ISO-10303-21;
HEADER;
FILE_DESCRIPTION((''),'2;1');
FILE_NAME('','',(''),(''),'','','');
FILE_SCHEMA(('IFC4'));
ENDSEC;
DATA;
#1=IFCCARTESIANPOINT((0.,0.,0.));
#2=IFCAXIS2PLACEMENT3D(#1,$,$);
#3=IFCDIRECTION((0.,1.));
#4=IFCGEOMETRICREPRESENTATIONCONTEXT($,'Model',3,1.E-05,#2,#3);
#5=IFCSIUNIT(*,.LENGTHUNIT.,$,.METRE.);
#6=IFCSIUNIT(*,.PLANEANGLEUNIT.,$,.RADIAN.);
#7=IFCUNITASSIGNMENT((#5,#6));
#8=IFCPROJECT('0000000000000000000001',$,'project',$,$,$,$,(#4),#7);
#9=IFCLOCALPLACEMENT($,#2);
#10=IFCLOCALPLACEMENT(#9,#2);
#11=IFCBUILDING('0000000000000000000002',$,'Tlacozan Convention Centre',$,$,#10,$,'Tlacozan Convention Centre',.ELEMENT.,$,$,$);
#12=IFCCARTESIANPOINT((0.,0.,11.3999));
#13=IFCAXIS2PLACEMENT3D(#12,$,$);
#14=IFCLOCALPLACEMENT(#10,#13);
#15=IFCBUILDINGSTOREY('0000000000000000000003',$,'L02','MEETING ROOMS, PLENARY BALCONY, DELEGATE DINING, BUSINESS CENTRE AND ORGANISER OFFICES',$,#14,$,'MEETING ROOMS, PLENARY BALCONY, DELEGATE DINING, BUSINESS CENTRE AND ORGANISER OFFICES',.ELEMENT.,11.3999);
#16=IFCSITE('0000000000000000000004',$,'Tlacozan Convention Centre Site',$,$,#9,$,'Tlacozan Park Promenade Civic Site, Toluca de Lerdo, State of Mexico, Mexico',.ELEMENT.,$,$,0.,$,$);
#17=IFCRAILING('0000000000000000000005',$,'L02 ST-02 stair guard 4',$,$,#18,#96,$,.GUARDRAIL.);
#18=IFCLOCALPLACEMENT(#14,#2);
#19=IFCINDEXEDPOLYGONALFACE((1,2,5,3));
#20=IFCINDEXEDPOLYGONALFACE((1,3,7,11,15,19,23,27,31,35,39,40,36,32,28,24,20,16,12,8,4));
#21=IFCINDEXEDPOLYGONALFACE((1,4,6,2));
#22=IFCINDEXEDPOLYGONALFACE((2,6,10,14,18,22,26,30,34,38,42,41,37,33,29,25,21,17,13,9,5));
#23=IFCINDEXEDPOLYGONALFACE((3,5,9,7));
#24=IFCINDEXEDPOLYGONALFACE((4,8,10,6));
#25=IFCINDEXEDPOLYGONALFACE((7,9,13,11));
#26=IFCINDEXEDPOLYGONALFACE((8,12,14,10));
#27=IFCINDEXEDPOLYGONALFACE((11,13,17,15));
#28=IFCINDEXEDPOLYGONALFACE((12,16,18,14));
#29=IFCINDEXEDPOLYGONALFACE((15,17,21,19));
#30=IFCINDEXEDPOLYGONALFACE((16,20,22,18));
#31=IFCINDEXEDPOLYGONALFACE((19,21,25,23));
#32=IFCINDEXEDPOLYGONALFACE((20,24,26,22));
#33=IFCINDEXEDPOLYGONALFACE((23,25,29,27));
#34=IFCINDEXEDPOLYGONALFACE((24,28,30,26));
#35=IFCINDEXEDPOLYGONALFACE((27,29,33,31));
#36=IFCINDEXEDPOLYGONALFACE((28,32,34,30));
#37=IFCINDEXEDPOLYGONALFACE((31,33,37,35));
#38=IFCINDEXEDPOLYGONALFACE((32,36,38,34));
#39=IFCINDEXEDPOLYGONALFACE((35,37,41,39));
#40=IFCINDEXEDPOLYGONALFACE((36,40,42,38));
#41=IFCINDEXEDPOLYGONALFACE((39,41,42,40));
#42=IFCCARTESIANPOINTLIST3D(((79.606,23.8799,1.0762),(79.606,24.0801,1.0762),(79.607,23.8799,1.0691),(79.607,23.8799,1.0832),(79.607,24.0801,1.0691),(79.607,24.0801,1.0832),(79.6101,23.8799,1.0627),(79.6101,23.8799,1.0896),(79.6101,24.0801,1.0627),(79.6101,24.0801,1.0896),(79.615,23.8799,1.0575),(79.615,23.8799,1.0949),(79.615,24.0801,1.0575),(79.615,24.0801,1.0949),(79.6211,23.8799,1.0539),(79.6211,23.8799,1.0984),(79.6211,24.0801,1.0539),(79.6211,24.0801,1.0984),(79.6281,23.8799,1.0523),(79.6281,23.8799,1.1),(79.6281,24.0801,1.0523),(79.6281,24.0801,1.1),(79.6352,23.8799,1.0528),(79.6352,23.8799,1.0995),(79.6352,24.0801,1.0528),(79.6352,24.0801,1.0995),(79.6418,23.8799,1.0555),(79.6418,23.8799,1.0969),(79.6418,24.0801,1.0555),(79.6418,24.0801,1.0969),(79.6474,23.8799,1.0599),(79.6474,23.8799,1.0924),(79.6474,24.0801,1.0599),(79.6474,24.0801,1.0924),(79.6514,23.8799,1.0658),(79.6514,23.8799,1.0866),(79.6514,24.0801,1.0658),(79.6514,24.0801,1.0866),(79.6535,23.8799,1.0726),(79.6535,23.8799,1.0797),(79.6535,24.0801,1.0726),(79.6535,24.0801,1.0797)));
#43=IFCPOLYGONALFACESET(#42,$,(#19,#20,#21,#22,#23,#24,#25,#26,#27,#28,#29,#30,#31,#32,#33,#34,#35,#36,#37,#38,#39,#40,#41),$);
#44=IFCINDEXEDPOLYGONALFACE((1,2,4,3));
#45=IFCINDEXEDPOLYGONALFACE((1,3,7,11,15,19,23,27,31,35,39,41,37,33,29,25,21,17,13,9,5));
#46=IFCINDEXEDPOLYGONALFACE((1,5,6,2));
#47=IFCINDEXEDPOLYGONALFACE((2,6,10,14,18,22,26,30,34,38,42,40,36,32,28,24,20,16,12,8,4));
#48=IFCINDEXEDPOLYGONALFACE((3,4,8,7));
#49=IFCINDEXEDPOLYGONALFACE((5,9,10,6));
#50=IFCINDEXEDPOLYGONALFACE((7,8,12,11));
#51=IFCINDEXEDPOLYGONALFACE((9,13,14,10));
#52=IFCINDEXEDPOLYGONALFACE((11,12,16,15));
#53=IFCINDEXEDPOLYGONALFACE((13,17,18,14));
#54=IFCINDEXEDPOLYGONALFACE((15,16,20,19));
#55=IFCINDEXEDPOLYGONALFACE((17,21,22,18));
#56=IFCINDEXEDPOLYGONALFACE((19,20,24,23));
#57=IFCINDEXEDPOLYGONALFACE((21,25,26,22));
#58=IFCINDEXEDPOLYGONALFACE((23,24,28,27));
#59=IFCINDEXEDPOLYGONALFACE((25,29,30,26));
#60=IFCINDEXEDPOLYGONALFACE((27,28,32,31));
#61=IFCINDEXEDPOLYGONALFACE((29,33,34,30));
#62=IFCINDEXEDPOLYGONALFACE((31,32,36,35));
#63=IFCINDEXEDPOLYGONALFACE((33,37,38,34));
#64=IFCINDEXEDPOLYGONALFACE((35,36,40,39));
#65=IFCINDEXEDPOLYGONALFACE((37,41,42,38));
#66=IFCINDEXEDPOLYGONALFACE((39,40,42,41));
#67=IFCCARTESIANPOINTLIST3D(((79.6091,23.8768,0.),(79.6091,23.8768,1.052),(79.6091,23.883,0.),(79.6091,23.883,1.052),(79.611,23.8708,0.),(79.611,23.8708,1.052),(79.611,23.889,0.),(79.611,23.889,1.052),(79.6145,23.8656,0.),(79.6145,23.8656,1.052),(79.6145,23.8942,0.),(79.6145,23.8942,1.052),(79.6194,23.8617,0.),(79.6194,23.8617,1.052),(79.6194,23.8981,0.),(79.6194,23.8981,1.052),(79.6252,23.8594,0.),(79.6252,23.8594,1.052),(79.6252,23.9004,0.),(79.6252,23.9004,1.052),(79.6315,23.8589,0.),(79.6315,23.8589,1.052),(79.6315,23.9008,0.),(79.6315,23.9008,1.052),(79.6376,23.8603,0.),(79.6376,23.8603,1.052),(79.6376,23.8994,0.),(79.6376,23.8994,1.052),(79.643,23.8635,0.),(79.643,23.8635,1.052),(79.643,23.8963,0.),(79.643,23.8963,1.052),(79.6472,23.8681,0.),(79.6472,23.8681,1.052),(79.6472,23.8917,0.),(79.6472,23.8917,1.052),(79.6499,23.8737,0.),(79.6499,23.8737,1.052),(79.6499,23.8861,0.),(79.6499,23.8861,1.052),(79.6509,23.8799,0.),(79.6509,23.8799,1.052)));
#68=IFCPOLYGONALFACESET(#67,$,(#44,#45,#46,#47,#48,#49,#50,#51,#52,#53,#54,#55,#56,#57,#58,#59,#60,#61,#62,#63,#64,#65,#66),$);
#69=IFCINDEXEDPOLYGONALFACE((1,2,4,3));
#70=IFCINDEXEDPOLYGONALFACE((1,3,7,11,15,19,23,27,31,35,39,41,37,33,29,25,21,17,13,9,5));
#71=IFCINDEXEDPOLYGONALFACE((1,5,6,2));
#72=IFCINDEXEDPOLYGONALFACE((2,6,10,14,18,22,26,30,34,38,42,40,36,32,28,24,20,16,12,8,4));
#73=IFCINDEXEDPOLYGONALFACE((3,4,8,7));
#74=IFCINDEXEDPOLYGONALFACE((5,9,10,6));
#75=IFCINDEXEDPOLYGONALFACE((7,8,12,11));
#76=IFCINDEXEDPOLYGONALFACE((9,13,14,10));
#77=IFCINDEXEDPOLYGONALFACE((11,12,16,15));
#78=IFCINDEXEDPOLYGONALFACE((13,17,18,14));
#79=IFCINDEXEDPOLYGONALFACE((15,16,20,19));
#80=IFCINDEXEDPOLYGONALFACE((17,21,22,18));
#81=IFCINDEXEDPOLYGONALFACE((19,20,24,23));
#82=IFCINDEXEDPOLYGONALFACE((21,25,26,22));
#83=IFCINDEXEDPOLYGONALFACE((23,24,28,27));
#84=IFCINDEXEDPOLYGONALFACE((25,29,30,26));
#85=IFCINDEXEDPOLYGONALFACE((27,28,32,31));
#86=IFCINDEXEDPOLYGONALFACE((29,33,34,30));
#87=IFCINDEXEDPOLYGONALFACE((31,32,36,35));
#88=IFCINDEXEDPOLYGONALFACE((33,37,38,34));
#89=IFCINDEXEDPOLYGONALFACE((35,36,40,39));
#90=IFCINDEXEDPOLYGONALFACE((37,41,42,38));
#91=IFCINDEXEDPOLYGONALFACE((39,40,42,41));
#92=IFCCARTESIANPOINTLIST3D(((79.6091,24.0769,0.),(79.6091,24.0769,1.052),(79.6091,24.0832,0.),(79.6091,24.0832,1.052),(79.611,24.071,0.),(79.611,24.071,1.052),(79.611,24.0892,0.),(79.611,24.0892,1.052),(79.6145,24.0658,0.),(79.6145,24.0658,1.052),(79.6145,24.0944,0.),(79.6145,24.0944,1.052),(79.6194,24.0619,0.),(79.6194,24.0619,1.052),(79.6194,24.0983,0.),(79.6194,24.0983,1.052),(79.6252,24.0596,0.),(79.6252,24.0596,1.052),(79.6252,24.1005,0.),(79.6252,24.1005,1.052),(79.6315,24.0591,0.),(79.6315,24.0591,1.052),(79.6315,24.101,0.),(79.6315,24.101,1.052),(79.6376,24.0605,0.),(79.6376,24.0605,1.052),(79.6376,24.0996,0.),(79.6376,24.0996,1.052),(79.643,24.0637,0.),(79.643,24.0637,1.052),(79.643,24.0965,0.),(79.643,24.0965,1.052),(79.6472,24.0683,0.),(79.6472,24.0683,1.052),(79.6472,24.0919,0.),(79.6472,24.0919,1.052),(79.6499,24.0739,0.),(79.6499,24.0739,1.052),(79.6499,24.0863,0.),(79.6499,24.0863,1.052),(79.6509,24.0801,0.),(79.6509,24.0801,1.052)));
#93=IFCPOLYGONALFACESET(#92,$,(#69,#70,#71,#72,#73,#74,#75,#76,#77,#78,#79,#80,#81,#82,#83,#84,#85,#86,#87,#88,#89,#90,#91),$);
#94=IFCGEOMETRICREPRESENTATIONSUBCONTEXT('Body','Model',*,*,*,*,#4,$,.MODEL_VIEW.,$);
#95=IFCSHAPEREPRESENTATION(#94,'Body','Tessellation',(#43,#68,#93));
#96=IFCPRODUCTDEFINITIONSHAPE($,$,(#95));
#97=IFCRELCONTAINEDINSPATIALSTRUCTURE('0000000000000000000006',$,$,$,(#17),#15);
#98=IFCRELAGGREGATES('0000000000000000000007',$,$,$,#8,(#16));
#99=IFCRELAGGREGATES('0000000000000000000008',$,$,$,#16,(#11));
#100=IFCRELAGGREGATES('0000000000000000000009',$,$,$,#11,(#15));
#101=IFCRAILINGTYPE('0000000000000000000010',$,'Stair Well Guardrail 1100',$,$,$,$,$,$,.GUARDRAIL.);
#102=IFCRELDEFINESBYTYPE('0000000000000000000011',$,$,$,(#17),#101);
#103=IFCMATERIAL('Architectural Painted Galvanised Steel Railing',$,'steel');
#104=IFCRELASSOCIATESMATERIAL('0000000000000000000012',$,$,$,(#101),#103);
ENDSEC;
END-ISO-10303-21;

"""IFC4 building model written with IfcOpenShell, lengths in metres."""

from ifc_helpers import new_model, si_unit, direction, frame, origin, origin_2d, place, context, subcontext, project, spatial, circle, extrude, material, type_object, element, save


model = new_model("IFC4")

# Units and contexts
model_context = context("Model", 3, precision=1e-05, world=origin(), true_north=direction((0.0, 1.0)))
body_context = subcontext(model_context, "Body", "Model", "MODEL_VIEW")
ifc_project = project(units=[si_unit("LENGTHUNIT", "METRE"), si_unit("PLANEANGLEUNIT", "RADIAN")], contexts=[model_context])

# Site, building, storey
site_placement = place(None, origin())
site = spatial("IfcSite", under=ifc_project, at=site_placement, Name="Tlacozan Convention Centre Site", LongName="Tlacozan Park Promenade Civic Site, Toluca de Lerdo, State of Mexico, Mexico", CompositionType="ELEMENT", RefElevation=0.0)
building_placement = place(site_placement, origin())
building = spatial("IfcBuilding", under=site, at=building_placement, Name="Tlacozan Convention Centre", LongName="Tlacozan Convention Centre", CompositionType="ELEMENT")
storey_placement = place(building_placement, frame((0.0, 0.0, 11.3999)))
storey = spatial("IfcBuildingStorey", under=building, at=storey_placement, Name="L02", Description="MEETING ROOMS, PLENARY BALCONY, DELEGATE DINING, BUSINESS CENTRE AND ORGANISER OFFICES", LongName="MEETING ROOMS, PLENARY BALCONY, DELEGATE DINING, BUSINESS CENTRE AND ORGANISER OFFICES", CompositionType="ELEMENT", Elevation=11.3999)

# Railing
ifc_material_1 = material(Name="Architectural Painted Galvanised Steel Railing", Category="steel")
railing_type_1 = type_object("IfcRailingType", Name="Stair Well Guardrail 1100", PredefinedType="GUARDRAIL", material=ifc_material_1)
railing_1_placement = place(storey_placement, frame((79.6299, 23.8799, 0.0)))
element("IfcRailing", 1, at=railing_1_placement, inside=storey, type_object=railing_type_1, Name="L02 ST-02 stair guard 4", PredefinedType="GUARDRAIL", context=body_context, shape_type="SweptSolid", body=[
    extrude(circle(Radius=0.0239, at=origin_2d()), frame((0.0, 0.0, 1.0762), z_axis=(0.0, 1.0, 0.0), x_axis=(-1.0, 0.0, 0.0)), (0.0, 0.0, 1.0), 0.2002),
    extrude(circle(Radius=0.021, at=origin_2d()), origin(), (0.0, 0.0, 1.0), 1.052),
    extrude(circle(Radius=0.021, at=origin_2d()), frame((0.0, 0.2002, 0.0)), (0.0, 0.0, 1.0), 1.052),
])

save(model, "model.ifc")
